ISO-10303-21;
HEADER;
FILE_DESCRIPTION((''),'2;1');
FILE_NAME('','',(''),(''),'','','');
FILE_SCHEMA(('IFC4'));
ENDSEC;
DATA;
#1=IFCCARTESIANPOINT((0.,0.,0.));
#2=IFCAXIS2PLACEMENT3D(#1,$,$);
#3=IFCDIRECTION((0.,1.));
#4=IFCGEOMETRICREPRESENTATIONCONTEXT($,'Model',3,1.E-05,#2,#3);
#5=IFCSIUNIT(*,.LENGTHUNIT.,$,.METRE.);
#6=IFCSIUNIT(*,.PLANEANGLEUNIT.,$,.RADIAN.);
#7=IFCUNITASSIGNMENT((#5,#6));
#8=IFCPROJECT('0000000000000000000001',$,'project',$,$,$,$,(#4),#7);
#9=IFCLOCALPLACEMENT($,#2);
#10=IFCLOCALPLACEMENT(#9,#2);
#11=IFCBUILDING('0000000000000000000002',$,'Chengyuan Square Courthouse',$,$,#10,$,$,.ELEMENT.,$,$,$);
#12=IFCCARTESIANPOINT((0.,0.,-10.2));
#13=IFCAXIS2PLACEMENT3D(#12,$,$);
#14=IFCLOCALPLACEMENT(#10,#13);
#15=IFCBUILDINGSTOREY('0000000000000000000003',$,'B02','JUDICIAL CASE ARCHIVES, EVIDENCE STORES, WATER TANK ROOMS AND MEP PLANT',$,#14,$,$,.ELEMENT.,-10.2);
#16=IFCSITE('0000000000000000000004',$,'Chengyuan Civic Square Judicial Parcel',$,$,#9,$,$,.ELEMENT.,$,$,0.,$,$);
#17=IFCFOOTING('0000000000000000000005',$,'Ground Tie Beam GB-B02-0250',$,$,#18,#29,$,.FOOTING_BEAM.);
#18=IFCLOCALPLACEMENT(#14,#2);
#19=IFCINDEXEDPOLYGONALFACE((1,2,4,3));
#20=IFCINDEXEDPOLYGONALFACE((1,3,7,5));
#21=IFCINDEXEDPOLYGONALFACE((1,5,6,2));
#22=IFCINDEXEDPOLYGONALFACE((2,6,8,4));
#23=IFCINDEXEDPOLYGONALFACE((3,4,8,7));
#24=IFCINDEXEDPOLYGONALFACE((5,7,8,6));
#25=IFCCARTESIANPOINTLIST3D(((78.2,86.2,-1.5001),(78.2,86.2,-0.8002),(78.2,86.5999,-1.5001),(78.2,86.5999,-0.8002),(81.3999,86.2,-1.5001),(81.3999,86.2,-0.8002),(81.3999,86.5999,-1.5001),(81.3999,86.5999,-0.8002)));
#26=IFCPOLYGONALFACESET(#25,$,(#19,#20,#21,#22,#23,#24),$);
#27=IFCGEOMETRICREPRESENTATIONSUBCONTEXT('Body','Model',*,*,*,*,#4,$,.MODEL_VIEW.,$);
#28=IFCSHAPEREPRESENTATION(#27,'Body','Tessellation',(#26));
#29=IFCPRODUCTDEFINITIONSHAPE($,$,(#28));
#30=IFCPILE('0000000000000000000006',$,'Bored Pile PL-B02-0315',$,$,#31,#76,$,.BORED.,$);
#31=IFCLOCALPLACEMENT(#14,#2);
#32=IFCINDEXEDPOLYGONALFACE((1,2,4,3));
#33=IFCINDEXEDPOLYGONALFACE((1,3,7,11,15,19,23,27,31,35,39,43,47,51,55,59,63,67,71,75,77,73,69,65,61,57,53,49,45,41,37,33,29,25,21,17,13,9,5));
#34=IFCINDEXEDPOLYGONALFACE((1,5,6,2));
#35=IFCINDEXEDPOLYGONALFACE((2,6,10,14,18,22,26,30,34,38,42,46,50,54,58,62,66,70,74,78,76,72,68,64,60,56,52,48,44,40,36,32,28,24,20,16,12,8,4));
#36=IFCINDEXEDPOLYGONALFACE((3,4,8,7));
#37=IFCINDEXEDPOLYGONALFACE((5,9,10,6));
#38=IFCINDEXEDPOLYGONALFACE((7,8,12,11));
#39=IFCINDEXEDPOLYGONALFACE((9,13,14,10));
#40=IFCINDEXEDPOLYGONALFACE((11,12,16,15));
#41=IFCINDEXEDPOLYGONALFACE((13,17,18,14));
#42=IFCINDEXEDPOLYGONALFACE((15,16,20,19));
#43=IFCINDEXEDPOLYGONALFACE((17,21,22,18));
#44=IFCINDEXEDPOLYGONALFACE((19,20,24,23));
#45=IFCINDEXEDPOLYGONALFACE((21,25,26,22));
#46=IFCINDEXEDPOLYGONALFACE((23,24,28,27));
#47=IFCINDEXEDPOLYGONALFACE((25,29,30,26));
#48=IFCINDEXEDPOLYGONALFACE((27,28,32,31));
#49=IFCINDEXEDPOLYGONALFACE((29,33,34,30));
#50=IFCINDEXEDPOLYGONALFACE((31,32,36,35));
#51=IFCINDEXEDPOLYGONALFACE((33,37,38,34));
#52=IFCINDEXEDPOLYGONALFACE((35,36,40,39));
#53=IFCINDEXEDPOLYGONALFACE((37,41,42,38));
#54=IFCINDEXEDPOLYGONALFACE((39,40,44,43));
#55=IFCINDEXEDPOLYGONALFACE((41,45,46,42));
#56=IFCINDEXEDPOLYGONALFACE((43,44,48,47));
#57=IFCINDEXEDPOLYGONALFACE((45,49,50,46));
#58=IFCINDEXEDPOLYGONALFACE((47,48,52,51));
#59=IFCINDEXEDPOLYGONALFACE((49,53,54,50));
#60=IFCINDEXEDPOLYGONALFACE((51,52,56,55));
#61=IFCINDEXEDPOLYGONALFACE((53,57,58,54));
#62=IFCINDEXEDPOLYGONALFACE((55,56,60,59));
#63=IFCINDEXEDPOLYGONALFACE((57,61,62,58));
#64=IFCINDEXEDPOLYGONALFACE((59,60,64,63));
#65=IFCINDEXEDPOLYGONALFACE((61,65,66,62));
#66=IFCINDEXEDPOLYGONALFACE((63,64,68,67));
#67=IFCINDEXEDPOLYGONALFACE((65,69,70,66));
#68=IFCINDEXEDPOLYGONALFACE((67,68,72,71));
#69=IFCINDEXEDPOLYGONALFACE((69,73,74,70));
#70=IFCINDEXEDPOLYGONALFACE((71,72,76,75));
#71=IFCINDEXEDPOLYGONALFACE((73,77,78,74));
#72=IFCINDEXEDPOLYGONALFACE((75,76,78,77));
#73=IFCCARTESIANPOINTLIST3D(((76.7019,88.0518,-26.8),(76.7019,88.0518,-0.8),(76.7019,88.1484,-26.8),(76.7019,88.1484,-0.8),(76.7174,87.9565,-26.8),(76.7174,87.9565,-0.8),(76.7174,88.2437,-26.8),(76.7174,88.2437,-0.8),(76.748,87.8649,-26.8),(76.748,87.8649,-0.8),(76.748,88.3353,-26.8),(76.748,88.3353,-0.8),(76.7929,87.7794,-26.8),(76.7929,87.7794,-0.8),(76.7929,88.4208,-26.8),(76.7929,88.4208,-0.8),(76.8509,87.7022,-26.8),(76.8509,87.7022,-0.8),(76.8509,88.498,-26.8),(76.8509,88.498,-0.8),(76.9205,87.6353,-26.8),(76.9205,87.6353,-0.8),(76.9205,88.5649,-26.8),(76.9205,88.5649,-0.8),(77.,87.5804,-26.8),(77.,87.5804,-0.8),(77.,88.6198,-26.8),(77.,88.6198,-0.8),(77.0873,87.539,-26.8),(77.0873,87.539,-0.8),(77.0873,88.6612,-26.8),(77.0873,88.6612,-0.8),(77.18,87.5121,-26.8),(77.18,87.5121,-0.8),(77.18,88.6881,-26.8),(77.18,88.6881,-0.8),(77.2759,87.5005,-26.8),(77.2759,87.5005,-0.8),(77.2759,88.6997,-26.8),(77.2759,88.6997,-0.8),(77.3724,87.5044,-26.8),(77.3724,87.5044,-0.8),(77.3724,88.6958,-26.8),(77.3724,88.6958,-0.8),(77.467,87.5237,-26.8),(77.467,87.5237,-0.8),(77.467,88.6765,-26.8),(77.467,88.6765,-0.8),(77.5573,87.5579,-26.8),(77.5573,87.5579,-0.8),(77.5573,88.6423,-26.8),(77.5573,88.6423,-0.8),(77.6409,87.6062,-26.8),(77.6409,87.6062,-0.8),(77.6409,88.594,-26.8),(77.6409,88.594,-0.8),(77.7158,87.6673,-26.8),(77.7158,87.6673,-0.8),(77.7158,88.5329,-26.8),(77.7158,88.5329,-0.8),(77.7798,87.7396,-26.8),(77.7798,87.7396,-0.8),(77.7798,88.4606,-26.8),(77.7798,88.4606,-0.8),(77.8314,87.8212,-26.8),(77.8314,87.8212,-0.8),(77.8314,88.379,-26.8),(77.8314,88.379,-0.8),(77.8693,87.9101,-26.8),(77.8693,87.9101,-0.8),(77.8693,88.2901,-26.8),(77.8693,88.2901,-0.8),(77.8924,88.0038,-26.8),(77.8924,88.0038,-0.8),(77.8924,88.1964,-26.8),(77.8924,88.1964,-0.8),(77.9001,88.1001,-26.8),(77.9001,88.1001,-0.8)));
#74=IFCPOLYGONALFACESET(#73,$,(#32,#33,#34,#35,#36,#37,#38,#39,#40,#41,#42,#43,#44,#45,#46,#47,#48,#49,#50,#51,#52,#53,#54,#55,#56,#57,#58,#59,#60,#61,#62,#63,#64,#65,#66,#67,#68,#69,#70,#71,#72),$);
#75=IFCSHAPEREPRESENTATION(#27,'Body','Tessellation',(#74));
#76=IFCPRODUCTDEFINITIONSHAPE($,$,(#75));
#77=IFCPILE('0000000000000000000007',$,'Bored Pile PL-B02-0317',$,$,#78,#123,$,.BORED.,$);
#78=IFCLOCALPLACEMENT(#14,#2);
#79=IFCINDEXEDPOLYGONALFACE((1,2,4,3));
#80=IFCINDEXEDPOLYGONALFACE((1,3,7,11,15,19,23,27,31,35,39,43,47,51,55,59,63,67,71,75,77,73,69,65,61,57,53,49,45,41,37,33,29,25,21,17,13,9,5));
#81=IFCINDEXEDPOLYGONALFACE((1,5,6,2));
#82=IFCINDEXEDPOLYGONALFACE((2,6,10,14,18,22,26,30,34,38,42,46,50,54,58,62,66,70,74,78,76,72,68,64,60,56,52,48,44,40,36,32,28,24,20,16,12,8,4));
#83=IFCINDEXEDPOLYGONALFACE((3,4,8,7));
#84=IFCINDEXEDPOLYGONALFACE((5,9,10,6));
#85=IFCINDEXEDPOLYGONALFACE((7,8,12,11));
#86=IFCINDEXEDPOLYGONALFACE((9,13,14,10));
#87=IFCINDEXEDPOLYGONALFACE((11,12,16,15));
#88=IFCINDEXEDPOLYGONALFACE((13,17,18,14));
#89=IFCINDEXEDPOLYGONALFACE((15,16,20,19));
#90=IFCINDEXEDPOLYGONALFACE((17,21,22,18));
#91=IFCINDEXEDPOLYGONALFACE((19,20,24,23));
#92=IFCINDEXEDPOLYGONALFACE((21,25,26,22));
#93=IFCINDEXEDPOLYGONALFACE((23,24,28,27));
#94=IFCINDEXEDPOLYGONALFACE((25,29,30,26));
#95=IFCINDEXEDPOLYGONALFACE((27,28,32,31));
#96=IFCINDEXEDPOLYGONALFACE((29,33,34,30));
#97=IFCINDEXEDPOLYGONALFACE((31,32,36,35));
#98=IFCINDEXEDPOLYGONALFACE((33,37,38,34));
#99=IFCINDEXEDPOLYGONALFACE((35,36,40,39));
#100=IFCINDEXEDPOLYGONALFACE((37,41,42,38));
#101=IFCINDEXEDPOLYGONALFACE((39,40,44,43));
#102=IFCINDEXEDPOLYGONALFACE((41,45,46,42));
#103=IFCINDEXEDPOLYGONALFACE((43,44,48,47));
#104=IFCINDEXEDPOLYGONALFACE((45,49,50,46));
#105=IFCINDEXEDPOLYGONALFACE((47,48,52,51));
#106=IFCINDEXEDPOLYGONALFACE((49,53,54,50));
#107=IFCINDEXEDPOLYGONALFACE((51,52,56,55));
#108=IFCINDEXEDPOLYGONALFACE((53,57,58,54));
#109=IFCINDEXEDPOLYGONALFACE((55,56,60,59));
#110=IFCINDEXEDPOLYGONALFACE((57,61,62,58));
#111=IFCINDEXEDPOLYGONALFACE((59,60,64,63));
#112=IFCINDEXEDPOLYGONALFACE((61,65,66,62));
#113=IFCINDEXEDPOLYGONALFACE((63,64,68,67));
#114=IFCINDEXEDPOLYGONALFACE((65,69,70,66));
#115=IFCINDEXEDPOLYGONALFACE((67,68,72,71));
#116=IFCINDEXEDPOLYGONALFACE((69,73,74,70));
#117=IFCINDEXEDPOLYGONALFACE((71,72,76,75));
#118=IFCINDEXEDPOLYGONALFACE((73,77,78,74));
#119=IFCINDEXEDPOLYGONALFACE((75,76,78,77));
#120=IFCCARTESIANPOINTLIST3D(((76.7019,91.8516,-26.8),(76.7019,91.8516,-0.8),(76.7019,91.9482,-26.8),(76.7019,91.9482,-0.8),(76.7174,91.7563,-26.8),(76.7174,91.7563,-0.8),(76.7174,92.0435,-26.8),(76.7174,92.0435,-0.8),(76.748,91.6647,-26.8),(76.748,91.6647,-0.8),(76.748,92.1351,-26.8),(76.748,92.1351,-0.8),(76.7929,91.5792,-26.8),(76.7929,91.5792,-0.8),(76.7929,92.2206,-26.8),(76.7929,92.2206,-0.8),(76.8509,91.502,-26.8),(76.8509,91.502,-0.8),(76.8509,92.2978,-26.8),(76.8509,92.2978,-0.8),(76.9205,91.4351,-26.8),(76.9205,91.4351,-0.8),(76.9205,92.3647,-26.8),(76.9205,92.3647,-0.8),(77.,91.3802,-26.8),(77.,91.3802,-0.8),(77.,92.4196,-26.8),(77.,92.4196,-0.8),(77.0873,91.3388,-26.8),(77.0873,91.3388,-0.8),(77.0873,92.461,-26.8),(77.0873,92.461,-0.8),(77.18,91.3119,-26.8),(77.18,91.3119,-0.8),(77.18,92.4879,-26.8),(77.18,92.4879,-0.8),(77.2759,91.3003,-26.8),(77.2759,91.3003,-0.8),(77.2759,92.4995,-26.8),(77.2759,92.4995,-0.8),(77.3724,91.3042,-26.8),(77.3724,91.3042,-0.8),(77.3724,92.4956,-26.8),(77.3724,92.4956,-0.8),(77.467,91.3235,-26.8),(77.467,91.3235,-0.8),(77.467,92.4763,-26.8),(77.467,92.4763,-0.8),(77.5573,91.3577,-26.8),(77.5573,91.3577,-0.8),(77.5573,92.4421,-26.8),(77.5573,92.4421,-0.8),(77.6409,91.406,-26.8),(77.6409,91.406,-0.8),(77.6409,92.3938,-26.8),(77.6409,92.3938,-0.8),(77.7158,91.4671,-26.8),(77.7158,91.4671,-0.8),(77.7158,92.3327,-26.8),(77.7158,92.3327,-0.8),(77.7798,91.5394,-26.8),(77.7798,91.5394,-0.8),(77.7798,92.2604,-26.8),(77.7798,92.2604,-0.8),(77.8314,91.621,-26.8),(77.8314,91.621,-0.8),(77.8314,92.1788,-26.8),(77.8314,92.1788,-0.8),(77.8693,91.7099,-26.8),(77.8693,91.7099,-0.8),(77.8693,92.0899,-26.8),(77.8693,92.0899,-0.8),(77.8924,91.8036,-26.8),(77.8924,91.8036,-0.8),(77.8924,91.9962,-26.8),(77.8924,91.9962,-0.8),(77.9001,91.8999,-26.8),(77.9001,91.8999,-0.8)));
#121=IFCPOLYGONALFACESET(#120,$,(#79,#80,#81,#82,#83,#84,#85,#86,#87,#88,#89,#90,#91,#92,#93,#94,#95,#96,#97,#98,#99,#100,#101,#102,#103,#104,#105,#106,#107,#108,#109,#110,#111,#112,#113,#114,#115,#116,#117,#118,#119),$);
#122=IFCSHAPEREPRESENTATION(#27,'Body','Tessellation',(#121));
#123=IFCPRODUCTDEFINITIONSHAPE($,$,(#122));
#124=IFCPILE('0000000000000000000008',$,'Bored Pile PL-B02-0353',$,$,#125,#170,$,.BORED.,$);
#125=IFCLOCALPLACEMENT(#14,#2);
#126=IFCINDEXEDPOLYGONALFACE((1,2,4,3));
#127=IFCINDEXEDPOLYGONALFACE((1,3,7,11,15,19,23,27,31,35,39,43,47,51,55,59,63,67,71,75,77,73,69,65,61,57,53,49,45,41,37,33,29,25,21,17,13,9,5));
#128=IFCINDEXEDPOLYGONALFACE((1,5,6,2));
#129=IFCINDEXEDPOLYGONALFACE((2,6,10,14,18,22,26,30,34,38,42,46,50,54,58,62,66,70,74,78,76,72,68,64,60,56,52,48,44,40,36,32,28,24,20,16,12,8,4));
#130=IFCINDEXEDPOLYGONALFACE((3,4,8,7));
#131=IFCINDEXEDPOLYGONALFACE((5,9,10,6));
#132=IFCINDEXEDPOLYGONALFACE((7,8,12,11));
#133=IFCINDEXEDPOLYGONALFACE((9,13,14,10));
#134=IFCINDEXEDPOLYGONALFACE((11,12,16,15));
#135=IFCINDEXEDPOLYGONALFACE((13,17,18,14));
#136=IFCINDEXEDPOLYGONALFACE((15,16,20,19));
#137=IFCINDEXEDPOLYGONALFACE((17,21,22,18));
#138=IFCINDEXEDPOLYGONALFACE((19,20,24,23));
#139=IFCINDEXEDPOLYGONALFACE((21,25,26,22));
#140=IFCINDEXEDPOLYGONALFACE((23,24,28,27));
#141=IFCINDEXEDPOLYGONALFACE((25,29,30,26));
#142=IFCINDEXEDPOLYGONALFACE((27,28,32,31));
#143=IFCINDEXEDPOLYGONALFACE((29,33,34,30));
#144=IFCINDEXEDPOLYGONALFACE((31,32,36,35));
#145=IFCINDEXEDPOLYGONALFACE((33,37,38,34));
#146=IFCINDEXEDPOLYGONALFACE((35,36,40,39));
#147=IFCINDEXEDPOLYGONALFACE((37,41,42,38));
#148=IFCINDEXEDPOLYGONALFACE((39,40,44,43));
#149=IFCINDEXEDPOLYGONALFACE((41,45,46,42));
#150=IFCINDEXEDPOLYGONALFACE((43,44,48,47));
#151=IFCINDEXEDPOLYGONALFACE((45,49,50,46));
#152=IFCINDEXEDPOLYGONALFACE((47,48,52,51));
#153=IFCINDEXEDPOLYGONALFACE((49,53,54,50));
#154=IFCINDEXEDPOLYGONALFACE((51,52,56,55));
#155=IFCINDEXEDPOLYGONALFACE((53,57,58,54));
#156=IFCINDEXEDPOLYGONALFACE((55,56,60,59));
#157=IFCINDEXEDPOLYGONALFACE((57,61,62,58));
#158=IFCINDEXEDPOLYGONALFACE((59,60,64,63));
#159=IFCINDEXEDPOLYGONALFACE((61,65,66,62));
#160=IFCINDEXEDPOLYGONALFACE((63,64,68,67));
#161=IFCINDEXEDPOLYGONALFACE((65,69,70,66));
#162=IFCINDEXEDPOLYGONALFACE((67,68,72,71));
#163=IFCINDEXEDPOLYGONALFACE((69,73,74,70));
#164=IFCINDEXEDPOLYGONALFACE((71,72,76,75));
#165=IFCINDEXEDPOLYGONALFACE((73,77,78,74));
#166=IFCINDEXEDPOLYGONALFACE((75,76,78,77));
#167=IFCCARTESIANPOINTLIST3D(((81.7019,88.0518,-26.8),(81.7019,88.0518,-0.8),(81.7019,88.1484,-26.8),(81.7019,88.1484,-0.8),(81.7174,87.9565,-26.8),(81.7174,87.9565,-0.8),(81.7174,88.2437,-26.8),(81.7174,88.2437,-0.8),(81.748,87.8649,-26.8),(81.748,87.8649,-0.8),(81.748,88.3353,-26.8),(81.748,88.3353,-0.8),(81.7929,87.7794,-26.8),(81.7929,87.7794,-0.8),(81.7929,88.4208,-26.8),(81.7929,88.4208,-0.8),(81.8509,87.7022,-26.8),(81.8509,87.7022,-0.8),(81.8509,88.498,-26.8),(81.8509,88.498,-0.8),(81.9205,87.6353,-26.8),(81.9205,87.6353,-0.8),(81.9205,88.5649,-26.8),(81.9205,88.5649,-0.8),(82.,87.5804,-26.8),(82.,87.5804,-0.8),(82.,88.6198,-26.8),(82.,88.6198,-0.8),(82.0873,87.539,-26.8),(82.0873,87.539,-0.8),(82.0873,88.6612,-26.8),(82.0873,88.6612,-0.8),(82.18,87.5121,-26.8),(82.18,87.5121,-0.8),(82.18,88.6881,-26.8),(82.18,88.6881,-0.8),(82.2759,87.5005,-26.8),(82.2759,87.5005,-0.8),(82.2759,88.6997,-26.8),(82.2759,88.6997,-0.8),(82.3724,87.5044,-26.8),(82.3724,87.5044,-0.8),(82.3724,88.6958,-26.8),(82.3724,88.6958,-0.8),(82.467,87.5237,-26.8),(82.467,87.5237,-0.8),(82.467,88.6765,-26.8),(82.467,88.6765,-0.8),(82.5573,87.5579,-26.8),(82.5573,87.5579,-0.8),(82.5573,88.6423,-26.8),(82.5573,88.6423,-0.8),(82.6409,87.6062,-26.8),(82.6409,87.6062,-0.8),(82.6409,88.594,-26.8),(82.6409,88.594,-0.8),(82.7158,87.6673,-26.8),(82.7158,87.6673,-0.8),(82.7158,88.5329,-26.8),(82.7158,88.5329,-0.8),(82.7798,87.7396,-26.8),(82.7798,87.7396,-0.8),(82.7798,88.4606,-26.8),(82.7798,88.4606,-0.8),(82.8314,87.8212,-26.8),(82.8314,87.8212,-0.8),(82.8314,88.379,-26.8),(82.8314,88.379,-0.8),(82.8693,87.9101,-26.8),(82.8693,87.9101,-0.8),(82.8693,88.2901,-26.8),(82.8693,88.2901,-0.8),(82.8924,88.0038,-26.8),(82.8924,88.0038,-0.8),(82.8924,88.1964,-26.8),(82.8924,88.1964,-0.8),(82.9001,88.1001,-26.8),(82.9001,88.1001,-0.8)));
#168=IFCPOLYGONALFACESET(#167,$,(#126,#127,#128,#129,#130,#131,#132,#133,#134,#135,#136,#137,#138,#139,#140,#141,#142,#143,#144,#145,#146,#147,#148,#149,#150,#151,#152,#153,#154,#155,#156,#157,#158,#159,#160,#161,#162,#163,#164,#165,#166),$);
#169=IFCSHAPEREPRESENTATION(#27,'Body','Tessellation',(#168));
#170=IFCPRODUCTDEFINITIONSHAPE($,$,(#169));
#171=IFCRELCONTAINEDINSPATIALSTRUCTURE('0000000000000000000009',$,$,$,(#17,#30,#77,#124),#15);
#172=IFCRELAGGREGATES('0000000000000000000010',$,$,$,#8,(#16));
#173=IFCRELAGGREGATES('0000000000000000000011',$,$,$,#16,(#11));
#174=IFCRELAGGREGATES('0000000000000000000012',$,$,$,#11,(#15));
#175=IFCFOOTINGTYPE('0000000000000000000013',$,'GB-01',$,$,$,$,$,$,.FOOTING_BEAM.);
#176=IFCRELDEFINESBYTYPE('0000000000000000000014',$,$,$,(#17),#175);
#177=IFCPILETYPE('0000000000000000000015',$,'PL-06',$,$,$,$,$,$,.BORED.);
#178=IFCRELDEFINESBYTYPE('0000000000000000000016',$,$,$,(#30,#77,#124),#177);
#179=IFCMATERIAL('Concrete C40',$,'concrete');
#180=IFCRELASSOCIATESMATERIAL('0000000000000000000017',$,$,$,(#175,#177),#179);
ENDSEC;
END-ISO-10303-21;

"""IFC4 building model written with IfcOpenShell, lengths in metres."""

from ifc_helpers import new_model, si_unit, direction, frame, origin, origin_2d, place, context, subcontext, project, spatial, rectangle, circle, extrude, material, material_profile, profile_set, type_object, element, save


model = new_model("IFC4")

# Units and contexts
model_context = context("Model", 3, precision=1e-05, world=origin(), true_north=direction((0.0, 1.0)))
body_context = subcontext(model_context, "Body", "Model", "MODEL_VIEW")
ifc_project = project(units=[si_unit("LENGTHUNIT", "METRE"), si_unit("PLANEANGLEUNIT", "RADIAN")], contexts=[model_context])

# Site, building, storey
site_placement = place(None, origin())
site = spatial("IfcSite", under=ifc_project, at=site_placement, Name="Chengyuan Civic Square Judicial Parcel", CompositionType="ELEMENT", RefElevation=0.0)
building_placement = place(site_placement, origin())
building = spatial("IfcBuilding", under=site, at=building_placement, Name="Chengyuan Square Courthouse", CompositionType="ELEMENT")
storey_placement = place(building_placement, frame((0.0, 0.0, -10.2)))
storey = spatial("IfcBuildingStorey", under=building, at=storey_placement, Name="B02", Description="JUDICIAL CASE ARCHIVES, EVIDENCE STORES, WATER TANK ROOMS AND MEP PLANT", CompositionType="ELEMENT", Elevation=-10.2)

# Footing
ifc_material_1 = material(Name="Concrete C40", Category="concrete")
ifc_material_profile_1 = material_profile(ifc_material_1, rectangle(XDim=0.3999, YDim=0.7, at=origin_2d()), Name="GB-400x700")
ifc_profile_set_1 = profile_set([ifc_material_profile_1], Name="Concrete C40")
footing_type = type_object("IfcFootingType", Name="GB-01", PredefinedType="FOOTING_BEAM", material=ifc_profile_set_1)
footing_placement = place(storey_placement, frame((78.2, 86.3999, -1.1501), z_axis=(1.0, 0.0, 0.0), x_axis=(0.0, 1.0, 0.0)))
element("IfcFooting", 1, at=footing_placement, inside=storey, type_object=footing_type, Name="Ground Tie Beam GB-B02-0250", PredefinedType="FOOTING_BEAM", context=body_context, shape_type="SweptSolid", body=[
    extrude(rectangle(XDim=0.3999, YDim=0.7, at=origin_2d()), origin(), (0.0, 0.0, 1.0), 3.2),
])

# Piles
ifc_material_profile_2 = material_profile(ifc_material_1, circle(Radius=0.6001, at=origin_2d()), Name="BORED PILE D1200")
ifc_profile_set_2 = profile_set([ifc_material_profile_2], Name="Concrete C40")
pile_type = type_object("IfcPileType", Name="PL-06", PredefinedType="BORED", material=ifc_profile_set_2)
for number, where, z_axis, x_axis, name in (
    (2, (77.3, 88.1001, -0.8), (0.0, 0.0, -1.0), (1.0, 0.0, 0.0), "Bored Pile PL-B02-0315"),
    (3, (77.3, 91.8999, -0.8), (0.0, 0.0, -1.0), (1.0, 0.0, 0.0), "Bored Pile PL-B02-0317"),
    (4, (82.3, 88.1001, -0.8), (0.0, 0.0, -1.0), (1.0, 0.0, 0.0), "Bored Pile PL-B02-0353"),
):
    element("IfcPile", number, at=place(storey_placement, frame(where, z_axis=z_axis, x_axis=x_axis)), inside=storey, type_object=pile_type, Name=name, PredefinedType="BORED", context=body_context, shape_type="SweptSolid", body=[
        extrude(circle(Radius=0.6001, at=origin_2d()), origin(), (0.0, 0.0, 1.0), 26.0),
    ])

save(model, "model.ifc")
